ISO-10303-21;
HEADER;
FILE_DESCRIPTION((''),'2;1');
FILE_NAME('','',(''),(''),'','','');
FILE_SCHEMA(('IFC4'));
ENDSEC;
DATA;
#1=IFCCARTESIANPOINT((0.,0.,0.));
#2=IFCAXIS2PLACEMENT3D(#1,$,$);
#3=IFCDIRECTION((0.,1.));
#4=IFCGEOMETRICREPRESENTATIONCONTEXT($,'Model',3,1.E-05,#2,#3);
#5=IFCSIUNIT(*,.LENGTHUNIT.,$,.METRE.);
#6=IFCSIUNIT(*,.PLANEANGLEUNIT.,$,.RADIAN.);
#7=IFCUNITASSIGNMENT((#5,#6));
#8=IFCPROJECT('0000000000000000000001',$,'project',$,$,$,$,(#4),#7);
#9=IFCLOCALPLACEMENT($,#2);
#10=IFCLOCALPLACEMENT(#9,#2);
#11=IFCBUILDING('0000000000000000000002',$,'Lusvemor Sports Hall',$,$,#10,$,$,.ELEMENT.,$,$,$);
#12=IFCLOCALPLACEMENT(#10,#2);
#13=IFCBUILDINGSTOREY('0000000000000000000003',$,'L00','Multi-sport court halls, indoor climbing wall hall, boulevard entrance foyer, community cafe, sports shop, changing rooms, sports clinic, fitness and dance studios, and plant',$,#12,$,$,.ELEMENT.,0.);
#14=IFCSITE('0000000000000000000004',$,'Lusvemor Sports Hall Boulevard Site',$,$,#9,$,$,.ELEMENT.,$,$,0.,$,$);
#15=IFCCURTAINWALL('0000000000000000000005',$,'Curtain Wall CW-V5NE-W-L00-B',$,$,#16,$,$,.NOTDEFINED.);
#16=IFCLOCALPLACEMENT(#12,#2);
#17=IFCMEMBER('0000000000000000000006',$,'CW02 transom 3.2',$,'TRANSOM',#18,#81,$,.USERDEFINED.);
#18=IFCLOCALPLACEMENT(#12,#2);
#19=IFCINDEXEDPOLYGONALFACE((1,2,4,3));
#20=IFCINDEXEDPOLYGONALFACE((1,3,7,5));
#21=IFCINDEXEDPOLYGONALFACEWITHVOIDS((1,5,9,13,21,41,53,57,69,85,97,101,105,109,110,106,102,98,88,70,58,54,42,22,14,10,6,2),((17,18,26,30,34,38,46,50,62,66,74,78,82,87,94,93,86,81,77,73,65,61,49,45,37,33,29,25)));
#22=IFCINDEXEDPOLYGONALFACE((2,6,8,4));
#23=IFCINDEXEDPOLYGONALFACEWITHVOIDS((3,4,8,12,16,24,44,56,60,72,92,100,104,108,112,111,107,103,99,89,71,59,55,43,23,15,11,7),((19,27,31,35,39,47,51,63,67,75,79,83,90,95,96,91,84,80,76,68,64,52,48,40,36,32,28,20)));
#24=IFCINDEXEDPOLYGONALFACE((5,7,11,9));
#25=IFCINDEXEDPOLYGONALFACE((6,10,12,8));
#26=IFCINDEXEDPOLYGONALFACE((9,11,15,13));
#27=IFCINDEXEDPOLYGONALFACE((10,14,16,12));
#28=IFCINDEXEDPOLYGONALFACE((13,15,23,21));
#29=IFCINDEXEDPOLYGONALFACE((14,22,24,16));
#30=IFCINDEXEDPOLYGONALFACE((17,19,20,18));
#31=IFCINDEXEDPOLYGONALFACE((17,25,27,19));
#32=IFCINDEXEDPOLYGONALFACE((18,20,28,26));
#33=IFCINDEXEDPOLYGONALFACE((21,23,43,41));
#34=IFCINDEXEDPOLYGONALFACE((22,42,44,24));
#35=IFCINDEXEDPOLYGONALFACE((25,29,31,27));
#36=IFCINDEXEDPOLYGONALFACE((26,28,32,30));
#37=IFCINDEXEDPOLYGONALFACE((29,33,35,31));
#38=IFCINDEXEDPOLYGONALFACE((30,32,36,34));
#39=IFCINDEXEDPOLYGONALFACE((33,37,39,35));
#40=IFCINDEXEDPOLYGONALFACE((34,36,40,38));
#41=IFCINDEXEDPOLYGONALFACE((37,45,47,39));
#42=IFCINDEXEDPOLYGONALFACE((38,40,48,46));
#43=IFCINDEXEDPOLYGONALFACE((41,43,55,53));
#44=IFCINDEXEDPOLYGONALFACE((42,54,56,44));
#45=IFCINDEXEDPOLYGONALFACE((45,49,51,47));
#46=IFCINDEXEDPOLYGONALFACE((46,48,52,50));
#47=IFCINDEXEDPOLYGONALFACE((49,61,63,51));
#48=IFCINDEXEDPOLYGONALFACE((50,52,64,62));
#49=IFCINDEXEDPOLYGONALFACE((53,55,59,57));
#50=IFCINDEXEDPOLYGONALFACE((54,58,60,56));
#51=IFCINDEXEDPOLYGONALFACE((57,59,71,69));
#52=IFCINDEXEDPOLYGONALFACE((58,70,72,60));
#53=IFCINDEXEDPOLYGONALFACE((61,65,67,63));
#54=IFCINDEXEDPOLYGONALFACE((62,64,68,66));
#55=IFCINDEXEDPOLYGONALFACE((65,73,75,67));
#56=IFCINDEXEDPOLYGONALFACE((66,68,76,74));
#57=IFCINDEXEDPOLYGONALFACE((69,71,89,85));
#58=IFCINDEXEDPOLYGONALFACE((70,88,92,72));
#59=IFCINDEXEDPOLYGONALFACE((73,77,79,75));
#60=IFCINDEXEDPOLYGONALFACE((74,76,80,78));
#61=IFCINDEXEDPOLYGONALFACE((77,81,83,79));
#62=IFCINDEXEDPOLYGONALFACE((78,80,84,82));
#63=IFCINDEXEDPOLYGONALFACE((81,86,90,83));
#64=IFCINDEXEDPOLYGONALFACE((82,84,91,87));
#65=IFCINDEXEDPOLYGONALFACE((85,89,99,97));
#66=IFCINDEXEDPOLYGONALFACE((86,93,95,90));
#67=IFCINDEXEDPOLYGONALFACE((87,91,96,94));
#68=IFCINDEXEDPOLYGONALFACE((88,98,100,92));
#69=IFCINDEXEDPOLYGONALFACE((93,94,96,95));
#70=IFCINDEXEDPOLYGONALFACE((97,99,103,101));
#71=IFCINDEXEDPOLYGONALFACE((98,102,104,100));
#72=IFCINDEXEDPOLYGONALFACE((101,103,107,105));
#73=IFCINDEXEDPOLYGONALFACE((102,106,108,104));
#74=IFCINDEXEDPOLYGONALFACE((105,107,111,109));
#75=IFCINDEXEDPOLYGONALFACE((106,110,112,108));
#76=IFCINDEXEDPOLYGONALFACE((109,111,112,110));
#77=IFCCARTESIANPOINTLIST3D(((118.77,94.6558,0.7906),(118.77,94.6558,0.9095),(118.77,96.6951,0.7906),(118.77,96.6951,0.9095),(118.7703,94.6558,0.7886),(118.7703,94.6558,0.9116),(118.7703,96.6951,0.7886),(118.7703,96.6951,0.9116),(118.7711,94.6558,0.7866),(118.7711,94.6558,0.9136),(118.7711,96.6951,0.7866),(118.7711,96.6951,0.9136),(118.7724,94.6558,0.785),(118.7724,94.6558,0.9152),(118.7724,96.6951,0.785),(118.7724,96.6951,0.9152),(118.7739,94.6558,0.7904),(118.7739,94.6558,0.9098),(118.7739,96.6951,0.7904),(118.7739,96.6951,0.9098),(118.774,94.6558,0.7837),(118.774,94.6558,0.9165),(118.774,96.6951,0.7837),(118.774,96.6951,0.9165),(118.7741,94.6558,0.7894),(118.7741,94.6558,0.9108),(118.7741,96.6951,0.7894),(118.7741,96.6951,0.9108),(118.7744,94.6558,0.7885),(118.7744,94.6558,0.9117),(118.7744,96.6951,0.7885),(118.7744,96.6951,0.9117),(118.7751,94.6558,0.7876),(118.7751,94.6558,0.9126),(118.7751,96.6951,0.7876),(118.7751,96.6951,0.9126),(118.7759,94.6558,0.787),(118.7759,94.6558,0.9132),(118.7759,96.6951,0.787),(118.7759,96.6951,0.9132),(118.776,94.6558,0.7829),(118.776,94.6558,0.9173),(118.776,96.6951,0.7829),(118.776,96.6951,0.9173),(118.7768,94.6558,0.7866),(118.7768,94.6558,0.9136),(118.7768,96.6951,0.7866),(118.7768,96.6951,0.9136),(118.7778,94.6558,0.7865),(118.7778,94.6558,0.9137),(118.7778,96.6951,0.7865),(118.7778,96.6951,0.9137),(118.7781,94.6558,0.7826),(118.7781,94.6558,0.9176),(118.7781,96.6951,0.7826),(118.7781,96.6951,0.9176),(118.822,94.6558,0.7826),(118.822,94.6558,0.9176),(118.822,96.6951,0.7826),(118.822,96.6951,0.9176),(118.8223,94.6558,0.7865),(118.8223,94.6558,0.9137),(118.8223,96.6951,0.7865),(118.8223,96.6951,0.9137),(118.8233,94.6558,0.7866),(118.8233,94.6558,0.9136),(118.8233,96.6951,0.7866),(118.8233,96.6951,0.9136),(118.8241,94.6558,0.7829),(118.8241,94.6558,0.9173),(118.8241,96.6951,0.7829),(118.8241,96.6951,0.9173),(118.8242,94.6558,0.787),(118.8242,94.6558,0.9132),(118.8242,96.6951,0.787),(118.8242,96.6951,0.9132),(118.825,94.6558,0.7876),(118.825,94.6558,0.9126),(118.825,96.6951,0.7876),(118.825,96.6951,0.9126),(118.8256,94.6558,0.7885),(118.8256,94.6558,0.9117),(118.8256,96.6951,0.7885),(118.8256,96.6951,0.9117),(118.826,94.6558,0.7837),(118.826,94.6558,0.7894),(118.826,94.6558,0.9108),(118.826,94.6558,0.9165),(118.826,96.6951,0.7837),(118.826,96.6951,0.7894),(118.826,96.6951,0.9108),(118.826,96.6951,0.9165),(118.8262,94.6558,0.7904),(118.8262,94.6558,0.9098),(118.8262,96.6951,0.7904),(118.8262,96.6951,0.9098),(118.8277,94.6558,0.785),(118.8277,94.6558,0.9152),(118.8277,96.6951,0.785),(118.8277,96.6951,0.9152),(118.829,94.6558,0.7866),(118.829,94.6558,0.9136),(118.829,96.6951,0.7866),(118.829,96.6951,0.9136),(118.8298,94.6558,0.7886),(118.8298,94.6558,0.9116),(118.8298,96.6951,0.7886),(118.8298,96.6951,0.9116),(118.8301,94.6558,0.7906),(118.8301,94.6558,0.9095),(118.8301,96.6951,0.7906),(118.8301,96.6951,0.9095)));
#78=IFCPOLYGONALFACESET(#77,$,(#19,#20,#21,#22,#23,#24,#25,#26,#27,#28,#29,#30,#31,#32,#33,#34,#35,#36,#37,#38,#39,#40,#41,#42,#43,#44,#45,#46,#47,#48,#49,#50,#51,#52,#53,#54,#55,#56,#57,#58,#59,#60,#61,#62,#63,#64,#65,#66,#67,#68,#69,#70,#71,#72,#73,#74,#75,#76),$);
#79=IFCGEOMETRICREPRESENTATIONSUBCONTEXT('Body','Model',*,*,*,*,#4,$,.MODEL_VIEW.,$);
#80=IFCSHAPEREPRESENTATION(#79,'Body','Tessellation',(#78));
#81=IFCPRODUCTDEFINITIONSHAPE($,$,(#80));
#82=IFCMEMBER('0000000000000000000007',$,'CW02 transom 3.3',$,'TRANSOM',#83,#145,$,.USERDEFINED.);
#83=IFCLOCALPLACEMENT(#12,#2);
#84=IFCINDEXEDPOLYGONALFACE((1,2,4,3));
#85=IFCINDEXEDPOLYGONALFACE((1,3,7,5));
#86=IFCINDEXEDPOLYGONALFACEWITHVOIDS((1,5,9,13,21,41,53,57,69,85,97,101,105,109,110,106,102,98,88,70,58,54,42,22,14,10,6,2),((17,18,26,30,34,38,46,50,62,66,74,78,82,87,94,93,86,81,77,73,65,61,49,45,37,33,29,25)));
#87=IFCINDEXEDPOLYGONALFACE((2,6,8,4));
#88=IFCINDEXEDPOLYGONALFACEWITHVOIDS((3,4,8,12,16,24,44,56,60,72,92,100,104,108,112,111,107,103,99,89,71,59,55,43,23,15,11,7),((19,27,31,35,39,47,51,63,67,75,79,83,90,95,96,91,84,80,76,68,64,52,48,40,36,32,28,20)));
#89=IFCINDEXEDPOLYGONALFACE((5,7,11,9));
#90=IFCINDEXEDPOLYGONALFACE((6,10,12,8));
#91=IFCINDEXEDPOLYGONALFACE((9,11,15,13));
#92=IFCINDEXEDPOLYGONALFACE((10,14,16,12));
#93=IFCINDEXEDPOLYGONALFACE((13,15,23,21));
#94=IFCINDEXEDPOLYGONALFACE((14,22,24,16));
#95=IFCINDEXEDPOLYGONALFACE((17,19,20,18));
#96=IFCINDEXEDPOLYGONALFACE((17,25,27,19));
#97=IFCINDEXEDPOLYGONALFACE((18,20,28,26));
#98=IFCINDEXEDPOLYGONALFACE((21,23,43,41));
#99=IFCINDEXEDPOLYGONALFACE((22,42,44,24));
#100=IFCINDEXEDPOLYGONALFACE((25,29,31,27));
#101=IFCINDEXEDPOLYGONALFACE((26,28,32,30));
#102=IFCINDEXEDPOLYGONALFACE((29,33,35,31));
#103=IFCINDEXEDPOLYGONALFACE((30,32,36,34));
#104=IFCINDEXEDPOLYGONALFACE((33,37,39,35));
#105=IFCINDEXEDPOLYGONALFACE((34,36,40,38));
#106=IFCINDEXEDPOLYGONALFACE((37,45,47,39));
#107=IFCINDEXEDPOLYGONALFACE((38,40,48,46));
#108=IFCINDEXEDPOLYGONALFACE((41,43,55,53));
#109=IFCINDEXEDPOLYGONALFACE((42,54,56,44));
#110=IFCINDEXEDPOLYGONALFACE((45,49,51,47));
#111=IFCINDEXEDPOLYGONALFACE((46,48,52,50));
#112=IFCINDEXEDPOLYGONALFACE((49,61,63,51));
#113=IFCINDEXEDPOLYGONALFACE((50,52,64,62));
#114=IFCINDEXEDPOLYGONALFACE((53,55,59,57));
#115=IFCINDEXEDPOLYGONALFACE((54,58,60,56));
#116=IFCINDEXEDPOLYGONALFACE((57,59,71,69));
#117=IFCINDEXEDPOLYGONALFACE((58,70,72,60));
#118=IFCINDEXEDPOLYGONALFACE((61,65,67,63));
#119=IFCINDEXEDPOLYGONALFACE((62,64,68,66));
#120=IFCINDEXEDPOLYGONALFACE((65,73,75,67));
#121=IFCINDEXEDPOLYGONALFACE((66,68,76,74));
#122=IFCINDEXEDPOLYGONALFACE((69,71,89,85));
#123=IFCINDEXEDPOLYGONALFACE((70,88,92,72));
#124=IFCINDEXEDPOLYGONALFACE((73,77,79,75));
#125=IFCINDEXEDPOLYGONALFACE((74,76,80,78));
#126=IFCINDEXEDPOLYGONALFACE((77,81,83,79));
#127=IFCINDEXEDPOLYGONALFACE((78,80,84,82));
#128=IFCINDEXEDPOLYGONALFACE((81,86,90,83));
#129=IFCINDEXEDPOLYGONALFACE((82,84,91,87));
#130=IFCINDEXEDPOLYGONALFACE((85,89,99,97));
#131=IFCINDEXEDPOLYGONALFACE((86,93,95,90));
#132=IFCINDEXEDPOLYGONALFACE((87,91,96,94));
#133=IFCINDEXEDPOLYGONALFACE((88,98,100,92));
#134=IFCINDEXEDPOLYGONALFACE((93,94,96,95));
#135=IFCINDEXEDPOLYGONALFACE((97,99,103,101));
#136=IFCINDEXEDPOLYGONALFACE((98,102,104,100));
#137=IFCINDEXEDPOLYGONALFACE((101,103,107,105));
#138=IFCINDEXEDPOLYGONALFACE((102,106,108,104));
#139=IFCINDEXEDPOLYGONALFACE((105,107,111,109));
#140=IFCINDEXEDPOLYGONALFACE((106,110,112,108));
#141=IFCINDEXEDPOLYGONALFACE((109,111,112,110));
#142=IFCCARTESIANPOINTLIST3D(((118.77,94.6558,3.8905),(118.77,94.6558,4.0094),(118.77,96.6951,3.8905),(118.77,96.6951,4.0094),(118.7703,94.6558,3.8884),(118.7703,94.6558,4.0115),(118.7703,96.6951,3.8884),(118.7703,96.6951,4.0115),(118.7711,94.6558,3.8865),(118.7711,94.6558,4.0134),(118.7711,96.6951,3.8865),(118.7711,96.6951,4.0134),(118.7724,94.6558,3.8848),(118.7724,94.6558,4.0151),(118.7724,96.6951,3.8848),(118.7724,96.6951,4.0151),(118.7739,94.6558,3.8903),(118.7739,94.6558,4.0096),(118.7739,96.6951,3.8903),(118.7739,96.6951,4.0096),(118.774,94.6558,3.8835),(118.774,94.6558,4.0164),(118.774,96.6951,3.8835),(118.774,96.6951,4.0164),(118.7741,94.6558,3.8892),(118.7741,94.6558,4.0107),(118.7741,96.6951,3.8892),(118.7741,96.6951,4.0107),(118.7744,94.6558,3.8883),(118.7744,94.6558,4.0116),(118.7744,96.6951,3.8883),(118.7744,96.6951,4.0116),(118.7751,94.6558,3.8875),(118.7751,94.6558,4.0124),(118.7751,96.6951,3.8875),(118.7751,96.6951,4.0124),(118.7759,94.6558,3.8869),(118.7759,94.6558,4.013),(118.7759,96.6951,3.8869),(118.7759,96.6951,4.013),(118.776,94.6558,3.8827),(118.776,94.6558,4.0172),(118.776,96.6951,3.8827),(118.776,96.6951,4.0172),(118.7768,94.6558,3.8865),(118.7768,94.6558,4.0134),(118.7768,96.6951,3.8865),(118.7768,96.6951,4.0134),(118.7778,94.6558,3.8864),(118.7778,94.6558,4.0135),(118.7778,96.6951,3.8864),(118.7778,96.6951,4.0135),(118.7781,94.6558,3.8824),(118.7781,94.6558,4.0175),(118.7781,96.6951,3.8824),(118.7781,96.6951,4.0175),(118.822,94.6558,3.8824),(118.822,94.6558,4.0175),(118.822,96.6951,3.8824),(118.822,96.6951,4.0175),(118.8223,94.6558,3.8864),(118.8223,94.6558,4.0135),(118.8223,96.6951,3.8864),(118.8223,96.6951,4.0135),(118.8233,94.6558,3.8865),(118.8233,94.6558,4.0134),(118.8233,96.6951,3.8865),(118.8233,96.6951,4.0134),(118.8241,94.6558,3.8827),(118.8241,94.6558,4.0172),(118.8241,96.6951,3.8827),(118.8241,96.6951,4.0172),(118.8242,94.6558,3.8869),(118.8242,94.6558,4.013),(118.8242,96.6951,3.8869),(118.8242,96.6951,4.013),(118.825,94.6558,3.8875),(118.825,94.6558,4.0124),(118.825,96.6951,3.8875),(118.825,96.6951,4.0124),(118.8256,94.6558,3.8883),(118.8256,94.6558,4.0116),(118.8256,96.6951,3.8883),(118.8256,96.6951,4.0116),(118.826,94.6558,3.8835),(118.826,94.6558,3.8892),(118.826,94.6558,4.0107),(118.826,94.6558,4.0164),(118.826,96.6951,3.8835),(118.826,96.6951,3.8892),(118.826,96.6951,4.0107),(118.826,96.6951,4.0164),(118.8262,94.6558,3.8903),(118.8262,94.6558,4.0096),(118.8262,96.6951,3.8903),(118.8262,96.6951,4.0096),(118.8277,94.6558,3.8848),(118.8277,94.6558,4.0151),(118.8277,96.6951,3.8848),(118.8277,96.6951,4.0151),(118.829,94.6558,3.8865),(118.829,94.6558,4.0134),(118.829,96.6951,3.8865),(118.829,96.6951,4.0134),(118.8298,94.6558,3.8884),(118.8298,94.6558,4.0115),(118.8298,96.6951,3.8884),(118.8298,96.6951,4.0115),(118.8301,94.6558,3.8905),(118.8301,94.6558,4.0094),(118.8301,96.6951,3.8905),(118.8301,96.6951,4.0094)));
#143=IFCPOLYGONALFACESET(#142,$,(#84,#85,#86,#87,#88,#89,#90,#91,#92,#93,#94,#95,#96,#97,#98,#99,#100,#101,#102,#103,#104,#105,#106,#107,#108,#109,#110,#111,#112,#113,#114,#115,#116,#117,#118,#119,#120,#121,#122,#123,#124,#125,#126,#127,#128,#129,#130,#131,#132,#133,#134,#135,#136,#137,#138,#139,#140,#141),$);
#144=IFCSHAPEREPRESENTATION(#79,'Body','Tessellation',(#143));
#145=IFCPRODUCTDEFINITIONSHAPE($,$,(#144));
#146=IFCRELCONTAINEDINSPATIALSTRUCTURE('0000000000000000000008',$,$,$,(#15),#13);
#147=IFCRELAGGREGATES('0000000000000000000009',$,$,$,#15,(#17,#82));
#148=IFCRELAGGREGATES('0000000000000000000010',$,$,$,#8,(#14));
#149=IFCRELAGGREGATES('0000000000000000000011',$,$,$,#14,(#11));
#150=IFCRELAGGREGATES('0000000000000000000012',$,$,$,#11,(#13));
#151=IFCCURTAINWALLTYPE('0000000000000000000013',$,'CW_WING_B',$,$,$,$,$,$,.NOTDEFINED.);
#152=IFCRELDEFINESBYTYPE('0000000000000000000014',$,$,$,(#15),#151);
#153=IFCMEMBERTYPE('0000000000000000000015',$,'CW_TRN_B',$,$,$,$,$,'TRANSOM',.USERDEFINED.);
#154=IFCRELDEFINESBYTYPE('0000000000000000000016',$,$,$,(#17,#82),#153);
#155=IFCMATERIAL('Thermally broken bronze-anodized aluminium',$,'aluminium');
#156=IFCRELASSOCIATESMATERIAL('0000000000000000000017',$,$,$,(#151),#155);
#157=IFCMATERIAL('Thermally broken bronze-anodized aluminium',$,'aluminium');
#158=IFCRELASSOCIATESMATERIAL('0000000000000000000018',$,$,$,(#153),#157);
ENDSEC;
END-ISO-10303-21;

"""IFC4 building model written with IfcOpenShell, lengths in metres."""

from ifc_helpers import new_model, si_unit, direction, frame, origin, origin_2d, place, context, subcontext, project, spatial, hollow_rectangle, extrude, material, material_profile, profile_set, type_object, element, aggregate, save


model = new_model("IFC4")

# Units and contexts
model_context = context("Model", 3, precision=1e-05, world=origin(), true_north=direction((0.0, 1.0)))
body_context = subcontext(model_context, "Body", "Model", "MODEL_VIEW")
ifc_project = project(units=[si_unit("LENGTHUNIT", "METRE"), si_unit("PLANEANGLEUNIT", "RADIAN")], contexts=[model_context])

# Site, building, storey
site_placement = place(None, origin())
site = spatial("IfcSite", under=ifc_project, at=site_placement, Name="Lusvemor Sports Hall Boulevard Site", CompositionType="ELEMENT", RefElevation=0.0)
building_placement = place(site_placement, origin())
building = spatial("IfcBuilding", under=site, at=building_placement, Name="Lusvemor Sports Hall", CompositionType="ELEMENT")
storey_placement = place(building_placement, origin())
storey = spatial("IfcBuildingStorey", under=building, at=storey_placement, Name="L00", Description="Multi-sport court halls, indoor climbing wall hall, boulevard entrance foyer, community cafe, sports shop, changing rooms, sports clinic, fitness and dance studios, and plant", CompositionType="ELEMENT", Elevation=0.0)

# Curtain wall, members
ifc_material_1 = material(Name="Thermally broken bronze-anodized aluminium", Category="aluminium")
curtain_wall_type = type_object("IfcCurtainWallType", Name="CW_WING_B", PredefinedType="NOTDEFINED", material=ifc_material_1)
curtain_wall_placement = place(storey_placement, origin())
curtain_wall = element("IfcCurtainWall", 1, at=curtain_wall_placement, inside=storey, type_object=curtain_wall_type, Name="Curtain Wall CW-V5NE-W-L00-B", PredefinedType="NOTDEFINED")
ifc_material_2 = material(Name="Thermally broken bronze-anodized aluminium", Category="aluminium")
ifc_material_profile_1 = material_profile(ifc_material_2, hollow_rectangle(XDim=0.0601, YDim=0.135, WallThickness=0.0039, InnerFilletRadius=0.0039, OuterFilletRadius=0.0081, at=origin_2d()), Name="CWTRN135x60x4")
ifc_profile_set_1 = profile_set([ifc_material_profile_1], Name="Thermally broken bronze-anodized aluminium")
member_type_1 = type_object("IfcMemberType", Name="CW_TRN_B", ElementType="TRANSOM", PredefinedType="USERDEFINED", material=ifc_profile_set_1)
member_1_placement = place(storey_placement, frame((118.8, 94.6558, 0.8501), z_axis=(0.0, 1.0, 0.0), x_axis=(-1.0, 0.0, 0.0)))
member_1 = element("IfcMember", 2, at=member_1_placement, type_object=member_type_1, Name="CW02 transom 3.2", ObjectType="TRANSOM", PredefinedType="USERDEFINED", context=body_context, shape_type="SweptSolid", body=[
    extrude(hollow_rectangle(XDim=0.0601, YDim=0.135, WallThickness=0.0039, InnerFilletRadius=0.0039, OuterFilletRadius=0.0081, at=origin_2d()), origin(), (0.0, 0.0, 1.0), 2.0393),
])
member_2_placement = place(storey_placement, frame((118.8, 94.6558, 3.95), z_axis=(0.0, 1.0, 0.0), x_axis=(-1.0, 0.0, 0.0)))
member_2 = element("IfcMember", 3, at=member_2_placement, type_object=member_type_1, Name="CW02 transom 3.3", ObjectType="TRANSOM", PredefinedType="USERDEFINED", context=body_context, shape_type="SweptSolid", body=[
    extrude(hollow_rectangle(XDim=0.0601, YDim=0.135, WallThickness=0.0039, InnerFilletRadius=0.0039, OuterFilletRadius=0.0081, at=origin_2d()), origin(), (0.0, 0.0, 1.0), 2.0393),
])
aggregate(curtain_wall, [member_1, member_2])

save(model, "model.ifc")
